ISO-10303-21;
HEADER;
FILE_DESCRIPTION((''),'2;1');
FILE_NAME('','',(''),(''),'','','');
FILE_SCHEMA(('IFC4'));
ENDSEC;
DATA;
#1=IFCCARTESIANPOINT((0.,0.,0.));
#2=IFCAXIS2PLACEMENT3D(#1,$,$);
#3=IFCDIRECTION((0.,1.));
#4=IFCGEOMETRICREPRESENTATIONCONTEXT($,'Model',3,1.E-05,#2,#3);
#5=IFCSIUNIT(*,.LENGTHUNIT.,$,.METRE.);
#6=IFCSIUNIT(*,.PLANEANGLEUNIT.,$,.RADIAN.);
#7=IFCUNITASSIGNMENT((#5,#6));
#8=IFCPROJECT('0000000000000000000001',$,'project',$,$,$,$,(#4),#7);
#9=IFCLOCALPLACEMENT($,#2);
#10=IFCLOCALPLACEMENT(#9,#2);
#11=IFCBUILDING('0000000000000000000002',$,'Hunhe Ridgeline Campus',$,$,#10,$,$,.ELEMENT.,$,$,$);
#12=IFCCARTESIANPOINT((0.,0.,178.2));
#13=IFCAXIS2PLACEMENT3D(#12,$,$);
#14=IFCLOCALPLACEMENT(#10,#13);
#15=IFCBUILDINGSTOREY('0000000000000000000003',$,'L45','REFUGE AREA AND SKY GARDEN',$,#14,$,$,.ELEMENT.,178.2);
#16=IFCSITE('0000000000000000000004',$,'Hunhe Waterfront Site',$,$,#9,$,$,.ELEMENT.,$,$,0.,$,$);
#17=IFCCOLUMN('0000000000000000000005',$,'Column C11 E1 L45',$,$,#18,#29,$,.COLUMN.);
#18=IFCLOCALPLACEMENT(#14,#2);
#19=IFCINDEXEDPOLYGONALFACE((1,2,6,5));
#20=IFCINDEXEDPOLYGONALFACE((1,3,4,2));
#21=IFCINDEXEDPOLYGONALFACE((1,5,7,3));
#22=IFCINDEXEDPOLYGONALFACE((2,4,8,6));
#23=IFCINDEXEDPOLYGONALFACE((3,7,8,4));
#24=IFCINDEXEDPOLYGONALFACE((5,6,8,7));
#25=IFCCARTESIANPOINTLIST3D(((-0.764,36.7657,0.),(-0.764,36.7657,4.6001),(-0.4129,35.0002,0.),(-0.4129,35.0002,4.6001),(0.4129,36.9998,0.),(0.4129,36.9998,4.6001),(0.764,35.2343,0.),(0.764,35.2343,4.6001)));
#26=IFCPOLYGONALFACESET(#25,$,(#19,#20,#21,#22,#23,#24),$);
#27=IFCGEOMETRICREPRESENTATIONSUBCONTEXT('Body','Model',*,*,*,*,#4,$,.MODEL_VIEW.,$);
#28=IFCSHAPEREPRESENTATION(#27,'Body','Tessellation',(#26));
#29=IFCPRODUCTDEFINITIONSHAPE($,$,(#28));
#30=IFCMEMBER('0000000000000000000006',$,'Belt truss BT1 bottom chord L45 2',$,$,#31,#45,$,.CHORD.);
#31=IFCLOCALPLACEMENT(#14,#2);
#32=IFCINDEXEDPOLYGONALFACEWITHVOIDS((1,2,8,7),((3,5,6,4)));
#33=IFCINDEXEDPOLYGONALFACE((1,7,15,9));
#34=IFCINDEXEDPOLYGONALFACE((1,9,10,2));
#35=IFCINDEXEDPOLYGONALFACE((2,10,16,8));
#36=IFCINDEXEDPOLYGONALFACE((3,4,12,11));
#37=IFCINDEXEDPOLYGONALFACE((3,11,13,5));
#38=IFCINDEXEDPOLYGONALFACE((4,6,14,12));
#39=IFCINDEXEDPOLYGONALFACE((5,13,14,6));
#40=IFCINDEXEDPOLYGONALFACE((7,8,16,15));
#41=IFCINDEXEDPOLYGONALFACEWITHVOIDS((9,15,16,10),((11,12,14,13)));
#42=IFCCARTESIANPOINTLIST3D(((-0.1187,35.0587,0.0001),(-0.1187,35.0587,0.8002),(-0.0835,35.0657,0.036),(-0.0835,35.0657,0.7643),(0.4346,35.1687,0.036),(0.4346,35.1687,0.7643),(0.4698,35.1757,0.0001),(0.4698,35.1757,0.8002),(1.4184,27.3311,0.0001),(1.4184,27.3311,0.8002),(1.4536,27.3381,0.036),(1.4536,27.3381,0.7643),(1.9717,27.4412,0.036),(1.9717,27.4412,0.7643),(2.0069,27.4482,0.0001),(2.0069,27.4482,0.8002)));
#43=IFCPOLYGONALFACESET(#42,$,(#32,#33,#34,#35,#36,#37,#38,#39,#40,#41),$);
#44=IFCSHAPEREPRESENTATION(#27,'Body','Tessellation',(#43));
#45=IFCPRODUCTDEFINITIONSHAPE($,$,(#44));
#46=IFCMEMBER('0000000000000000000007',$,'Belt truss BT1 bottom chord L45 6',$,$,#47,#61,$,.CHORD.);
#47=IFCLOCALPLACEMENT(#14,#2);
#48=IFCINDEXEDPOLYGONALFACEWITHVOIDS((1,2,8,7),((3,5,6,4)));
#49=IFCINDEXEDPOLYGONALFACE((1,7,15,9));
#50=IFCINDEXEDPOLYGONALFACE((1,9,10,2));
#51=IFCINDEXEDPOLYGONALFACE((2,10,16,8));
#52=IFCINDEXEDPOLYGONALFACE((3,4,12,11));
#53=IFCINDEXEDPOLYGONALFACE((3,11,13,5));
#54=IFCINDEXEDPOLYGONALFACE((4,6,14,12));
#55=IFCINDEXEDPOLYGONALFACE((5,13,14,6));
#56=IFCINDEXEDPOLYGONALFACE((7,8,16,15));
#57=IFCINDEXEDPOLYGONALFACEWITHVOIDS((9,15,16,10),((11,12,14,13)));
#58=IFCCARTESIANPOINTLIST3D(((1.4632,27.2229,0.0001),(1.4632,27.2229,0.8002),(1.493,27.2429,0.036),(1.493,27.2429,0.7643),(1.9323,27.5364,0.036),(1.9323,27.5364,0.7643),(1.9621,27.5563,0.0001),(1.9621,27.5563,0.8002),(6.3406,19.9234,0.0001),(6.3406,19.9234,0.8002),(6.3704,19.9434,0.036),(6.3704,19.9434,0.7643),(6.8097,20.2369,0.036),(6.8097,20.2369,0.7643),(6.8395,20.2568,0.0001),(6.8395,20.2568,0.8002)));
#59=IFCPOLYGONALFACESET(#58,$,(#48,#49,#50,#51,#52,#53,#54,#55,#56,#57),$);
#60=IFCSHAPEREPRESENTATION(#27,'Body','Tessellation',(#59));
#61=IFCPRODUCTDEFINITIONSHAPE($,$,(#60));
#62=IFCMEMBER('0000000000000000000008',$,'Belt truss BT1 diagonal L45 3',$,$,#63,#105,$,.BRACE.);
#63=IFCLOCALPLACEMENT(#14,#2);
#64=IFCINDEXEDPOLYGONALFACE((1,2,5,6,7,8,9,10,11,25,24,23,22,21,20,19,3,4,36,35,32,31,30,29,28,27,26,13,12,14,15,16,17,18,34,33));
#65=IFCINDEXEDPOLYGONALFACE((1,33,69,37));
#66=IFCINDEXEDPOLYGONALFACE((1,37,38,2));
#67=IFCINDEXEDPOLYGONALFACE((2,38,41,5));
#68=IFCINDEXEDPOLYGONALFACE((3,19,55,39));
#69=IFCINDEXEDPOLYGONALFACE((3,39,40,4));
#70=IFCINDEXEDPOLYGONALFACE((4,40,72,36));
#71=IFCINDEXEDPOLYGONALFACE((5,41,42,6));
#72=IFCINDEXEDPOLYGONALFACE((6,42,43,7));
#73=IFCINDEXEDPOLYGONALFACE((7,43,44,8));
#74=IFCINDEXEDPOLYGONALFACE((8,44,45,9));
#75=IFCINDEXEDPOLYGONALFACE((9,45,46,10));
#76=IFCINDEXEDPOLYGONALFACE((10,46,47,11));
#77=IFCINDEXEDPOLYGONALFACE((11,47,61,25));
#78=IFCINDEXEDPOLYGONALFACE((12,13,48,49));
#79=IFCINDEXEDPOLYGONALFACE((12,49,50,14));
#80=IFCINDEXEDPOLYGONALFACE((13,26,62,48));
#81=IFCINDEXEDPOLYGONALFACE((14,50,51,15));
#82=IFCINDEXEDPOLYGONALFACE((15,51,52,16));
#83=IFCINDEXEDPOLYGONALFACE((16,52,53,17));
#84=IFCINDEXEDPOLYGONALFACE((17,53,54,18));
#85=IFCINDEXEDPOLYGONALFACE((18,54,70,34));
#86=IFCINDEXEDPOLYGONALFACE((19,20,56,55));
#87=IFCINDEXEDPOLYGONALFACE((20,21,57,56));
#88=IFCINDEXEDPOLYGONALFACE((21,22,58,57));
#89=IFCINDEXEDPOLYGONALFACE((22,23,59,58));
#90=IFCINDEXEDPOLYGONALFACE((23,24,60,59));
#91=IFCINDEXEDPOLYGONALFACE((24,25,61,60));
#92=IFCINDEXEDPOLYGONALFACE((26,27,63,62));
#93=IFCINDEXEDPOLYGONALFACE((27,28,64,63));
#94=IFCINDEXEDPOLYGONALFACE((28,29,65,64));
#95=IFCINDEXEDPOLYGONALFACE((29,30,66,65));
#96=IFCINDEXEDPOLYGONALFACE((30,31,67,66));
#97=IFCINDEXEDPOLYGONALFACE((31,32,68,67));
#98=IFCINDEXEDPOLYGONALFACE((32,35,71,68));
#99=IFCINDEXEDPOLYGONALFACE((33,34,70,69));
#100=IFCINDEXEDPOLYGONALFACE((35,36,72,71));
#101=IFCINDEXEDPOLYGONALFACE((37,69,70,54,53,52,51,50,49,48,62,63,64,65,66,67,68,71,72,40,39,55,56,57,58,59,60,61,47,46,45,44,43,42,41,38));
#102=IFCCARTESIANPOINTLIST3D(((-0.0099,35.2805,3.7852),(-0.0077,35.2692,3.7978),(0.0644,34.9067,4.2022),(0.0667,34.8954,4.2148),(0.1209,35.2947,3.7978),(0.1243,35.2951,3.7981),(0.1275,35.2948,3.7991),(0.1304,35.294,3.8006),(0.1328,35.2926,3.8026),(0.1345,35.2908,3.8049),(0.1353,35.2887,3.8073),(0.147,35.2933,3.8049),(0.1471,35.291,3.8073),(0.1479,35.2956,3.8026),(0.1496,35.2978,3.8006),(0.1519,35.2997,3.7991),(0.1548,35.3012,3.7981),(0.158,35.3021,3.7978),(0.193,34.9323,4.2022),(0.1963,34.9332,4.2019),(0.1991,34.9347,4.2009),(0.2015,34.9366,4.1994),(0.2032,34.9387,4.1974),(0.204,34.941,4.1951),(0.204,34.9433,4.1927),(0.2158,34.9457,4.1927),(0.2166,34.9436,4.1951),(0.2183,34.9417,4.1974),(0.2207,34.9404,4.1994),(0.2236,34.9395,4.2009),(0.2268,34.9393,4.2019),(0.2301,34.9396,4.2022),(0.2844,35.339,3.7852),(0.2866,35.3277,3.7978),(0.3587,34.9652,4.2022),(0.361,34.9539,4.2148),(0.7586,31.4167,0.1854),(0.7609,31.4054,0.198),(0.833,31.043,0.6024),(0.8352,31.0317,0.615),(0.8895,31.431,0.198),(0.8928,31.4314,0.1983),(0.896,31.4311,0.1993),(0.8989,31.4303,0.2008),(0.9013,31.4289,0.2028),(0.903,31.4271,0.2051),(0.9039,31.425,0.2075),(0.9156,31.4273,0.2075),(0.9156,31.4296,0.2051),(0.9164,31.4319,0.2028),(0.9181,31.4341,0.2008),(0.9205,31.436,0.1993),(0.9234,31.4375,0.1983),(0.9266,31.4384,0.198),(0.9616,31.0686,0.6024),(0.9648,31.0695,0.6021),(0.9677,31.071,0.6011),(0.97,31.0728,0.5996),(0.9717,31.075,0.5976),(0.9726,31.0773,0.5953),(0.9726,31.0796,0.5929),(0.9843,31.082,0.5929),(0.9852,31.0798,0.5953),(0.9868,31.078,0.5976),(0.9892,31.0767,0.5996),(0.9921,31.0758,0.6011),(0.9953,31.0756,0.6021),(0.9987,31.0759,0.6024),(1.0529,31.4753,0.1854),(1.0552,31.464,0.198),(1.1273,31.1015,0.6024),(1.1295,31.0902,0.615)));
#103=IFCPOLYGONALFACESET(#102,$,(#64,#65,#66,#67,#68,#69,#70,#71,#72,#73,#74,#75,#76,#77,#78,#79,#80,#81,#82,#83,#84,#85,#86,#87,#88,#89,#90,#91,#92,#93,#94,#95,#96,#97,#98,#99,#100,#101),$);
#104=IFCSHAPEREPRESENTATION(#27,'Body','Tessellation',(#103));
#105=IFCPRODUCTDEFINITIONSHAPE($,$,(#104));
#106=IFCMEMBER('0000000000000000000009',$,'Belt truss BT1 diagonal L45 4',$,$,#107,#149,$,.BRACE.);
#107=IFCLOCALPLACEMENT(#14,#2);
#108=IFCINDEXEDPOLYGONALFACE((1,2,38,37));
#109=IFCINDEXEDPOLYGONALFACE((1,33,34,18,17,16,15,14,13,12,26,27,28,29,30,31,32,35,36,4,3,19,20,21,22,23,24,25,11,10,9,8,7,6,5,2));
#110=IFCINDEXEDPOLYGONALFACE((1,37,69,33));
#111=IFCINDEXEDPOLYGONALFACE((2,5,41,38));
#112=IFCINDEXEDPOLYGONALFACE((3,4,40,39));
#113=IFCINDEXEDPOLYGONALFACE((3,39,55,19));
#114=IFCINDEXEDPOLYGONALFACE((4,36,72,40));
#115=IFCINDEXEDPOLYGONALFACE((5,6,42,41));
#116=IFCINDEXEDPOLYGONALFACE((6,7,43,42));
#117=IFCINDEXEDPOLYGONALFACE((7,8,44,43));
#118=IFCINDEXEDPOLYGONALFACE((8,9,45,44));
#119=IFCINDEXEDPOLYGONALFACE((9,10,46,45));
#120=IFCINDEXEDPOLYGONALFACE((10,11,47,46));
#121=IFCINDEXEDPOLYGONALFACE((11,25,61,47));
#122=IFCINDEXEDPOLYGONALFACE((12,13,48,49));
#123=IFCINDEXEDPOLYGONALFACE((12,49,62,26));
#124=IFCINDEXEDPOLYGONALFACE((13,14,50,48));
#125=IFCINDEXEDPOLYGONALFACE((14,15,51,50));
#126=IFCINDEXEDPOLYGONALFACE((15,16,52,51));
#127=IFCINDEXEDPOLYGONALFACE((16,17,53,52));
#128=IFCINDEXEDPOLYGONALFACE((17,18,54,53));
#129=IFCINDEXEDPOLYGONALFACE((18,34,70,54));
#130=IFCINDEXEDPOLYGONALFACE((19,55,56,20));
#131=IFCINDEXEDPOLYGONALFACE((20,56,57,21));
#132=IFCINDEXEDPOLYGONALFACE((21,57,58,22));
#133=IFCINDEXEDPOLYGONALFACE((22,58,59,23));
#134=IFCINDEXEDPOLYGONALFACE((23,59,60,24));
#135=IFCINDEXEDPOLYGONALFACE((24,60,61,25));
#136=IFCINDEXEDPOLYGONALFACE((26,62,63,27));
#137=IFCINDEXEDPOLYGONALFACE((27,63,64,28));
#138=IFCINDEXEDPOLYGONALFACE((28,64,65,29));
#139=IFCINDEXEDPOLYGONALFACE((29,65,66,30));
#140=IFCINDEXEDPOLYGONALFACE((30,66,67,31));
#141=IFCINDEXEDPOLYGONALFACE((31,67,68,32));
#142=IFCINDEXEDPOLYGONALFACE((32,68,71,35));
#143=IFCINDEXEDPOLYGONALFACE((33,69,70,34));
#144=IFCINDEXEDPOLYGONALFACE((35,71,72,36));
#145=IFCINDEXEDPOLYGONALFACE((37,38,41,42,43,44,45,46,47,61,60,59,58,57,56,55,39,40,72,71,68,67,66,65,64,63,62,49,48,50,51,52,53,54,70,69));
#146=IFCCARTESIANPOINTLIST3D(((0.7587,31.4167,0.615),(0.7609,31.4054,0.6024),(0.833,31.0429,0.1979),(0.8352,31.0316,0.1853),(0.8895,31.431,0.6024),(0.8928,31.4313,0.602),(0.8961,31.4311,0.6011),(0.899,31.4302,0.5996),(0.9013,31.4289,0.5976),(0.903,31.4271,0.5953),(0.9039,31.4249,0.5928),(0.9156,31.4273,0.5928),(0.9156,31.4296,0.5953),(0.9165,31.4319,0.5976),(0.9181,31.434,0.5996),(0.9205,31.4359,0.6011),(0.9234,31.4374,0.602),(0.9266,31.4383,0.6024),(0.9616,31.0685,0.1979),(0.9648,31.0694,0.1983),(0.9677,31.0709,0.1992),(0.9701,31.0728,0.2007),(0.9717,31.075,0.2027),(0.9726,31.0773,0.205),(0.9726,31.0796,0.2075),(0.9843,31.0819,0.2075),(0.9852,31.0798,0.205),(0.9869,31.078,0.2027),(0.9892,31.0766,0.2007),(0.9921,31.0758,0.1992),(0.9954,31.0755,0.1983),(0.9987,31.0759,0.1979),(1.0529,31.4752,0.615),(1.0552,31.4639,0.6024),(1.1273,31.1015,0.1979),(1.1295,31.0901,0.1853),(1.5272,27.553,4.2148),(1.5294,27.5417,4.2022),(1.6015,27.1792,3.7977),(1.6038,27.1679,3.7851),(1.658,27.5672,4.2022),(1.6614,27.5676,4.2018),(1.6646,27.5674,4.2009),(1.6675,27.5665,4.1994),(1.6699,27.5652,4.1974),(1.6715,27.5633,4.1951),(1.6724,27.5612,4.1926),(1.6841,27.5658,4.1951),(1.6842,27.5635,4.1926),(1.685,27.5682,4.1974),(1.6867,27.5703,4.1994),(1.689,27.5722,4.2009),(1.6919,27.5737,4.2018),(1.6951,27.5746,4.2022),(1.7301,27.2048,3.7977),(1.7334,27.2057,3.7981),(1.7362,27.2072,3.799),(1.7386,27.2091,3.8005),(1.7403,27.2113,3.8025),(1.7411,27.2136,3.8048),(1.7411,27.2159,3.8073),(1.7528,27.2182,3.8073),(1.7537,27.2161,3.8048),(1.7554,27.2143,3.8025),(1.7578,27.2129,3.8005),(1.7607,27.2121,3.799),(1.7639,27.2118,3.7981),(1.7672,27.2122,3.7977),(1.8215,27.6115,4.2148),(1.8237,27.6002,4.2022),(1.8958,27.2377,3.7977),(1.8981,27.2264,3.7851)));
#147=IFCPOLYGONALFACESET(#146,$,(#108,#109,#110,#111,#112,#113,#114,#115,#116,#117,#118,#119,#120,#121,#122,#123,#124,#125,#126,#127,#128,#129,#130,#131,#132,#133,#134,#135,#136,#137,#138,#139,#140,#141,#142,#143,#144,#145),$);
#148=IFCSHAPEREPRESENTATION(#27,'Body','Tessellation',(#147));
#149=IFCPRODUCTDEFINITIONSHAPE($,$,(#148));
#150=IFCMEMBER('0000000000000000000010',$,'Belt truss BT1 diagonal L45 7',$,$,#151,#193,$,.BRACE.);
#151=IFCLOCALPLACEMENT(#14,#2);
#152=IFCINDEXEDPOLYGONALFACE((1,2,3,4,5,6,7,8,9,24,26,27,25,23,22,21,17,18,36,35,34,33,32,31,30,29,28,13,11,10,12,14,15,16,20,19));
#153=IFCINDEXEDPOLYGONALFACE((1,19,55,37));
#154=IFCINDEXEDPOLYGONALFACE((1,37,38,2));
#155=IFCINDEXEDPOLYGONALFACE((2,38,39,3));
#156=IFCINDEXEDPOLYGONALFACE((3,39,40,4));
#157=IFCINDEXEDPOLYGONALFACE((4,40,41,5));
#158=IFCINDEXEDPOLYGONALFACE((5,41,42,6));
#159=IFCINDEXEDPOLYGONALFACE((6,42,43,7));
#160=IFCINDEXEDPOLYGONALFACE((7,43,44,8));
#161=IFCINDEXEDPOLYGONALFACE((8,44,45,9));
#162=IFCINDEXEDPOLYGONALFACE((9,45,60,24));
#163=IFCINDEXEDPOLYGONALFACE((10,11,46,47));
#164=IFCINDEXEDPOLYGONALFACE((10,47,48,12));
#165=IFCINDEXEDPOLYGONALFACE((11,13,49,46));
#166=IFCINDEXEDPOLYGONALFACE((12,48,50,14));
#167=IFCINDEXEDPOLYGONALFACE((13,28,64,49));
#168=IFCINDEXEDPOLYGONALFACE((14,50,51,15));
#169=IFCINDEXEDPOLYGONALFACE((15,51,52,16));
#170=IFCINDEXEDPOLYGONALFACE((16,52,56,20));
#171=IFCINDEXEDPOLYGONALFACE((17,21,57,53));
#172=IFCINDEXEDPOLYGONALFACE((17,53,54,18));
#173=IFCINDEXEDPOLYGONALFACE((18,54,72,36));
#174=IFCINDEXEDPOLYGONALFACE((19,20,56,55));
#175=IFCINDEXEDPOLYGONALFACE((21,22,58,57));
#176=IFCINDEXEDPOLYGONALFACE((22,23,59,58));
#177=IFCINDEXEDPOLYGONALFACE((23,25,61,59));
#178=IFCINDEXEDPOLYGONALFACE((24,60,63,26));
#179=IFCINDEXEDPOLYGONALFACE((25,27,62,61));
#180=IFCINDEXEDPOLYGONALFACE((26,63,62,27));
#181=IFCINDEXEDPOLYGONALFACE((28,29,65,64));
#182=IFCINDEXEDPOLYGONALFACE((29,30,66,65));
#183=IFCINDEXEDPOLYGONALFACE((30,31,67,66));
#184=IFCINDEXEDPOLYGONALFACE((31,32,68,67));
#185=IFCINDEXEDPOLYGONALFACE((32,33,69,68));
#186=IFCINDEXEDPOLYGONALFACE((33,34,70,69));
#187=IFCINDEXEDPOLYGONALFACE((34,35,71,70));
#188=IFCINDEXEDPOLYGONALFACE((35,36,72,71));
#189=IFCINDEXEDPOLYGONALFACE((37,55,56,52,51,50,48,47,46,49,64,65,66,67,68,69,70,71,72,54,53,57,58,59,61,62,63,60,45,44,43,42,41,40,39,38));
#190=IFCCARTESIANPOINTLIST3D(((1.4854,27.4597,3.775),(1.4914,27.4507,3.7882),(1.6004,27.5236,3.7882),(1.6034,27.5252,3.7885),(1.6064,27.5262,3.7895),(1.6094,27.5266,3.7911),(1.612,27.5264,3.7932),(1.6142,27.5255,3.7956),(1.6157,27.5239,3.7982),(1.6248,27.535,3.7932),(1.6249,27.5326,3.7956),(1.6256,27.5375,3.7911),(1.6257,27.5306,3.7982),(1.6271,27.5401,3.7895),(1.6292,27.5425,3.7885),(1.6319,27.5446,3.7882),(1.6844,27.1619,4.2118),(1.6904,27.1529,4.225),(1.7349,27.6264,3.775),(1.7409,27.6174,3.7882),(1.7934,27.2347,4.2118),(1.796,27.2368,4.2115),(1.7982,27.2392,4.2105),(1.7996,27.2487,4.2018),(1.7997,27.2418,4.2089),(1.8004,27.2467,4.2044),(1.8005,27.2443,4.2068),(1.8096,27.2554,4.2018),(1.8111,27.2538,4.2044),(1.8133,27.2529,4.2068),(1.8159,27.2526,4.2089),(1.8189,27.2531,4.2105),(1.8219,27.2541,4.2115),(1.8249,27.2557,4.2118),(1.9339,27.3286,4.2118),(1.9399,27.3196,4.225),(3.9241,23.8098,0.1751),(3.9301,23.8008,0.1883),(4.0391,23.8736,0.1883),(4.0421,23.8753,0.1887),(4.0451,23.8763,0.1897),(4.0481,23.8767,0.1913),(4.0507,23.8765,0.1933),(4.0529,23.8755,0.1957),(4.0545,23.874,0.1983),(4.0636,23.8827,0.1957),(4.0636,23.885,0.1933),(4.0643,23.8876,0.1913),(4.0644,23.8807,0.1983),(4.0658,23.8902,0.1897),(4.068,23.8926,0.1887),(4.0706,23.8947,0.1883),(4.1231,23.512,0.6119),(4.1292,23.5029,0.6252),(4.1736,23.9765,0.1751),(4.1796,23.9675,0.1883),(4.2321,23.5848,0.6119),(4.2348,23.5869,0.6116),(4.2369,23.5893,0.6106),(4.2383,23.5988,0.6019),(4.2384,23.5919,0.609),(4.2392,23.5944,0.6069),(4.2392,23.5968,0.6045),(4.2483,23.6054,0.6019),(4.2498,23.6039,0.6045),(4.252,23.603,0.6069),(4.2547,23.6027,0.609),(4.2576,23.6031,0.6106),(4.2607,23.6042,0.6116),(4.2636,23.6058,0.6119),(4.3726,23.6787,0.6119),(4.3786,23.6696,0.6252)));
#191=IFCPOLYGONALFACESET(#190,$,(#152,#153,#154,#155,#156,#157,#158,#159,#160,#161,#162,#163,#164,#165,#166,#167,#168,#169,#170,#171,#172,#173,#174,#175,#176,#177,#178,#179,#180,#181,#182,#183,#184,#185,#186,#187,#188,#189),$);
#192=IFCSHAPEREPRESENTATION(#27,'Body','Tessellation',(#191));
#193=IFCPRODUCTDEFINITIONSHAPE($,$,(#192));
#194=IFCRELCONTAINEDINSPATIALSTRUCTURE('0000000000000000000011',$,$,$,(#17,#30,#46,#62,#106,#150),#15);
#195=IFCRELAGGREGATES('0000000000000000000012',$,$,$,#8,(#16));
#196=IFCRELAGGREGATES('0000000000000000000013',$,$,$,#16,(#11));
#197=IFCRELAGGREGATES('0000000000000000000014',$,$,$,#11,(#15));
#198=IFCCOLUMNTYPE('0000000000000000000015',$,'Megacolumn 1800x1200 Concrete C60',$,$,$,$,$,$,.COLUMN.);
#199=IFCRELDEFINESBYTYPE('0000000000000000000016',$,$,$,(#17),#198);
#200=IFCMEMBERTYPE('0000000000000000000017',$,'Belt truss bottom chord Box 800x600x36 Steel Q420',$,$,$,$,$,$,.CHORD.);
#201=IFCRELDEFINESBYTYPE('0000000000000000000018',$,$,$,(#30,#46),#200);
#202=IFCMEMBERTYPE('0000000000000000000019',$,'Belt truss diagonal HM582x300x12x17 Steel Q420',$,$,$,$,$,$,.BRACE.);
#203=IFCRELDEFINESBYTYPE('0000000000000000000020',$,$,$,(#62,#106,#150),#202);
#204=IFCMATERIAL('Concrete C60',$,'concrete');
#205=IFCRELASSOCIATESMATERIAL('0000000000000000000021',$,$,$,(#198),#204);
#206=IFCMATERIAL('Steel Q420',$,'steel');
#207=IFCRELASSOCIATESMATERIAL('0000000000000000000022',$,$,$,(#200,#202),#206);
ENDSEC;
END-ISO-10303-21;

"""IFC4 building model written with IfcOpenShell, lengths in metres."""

from ifc_helpers import new_model, si_unit, direction, frame, origin, origin_2d, place, context, subcontext, project, spatial, rectangle, hollow_rectangle, i_section, extrude, material, material_profile, profile_set, type_object, element, save


model = new_model("IFC4")

# Units and contexts
model_context = context("Model", 3, precision=1e-05, world=origin(), true_north=direction((0.0, 1.0)))
body_context = subcontext(model_context, "Body", "Model", "MODEL_VIEW")
ifc_project = project(units=[si_unit("LENGTHUNIT", "METRE"), si_unit("PLANEANGLEUNIT", "RADIAN")], contexts=[model_context])

# Site, building, storey
site_placement = place(None, origin())
site = spatial("IfcSite", under=ifc_project, at=site_placement, Name="Hunhe Waterfront Site", CompositionType="ELEMENT", RefElevation=0.0)
building_placement = place(site_placement, origin())
building = spatial("IfcBuilding", under=site, at=building_placement, Name="Hunhe Ridgeline Campus", CompositionType="ELEMENT")
storey_placement = place(building_placement, frame((0.0, 0.0, 178.2)))
storey = spatial("IfcBuildingStorey", under=building, at=storey_placement, Name="L45", Description="REFUGE AREA AND SKY GARDEN", CompositionType="ELEMENT", Elevation=178.2)

# Column
ifc_material_1 = material(Name="Concrete C60", Category="concrete")
ifc_material_profile_1 = material_profile(ifc_material_1, rectangle(XDim=1.8, YDim=1.2, at=origin_2d()))
ifc_profile_set_1 = profile_set([ifc_material_profile_1], Name="Concrete C60")
column_type = type_object("IfcColumnType", Name="Megacolumn 1800x1200 Concrete C60", PredefinedType="COLUMN", material=ifc_profile_set_1)
column_placement = place(storey_placement, frame((0.0, 36.0, 0.0), z_axis=(0.0, 0.0, 1.0), x_axis=(-0.19509, 0.980785, 0.0)))
element("IfcColumn", 1, at=column_placement, inside=storey, type_object=column_type, Name="Column C11 E1 L45", PredefinedType="COLUMN", context=body_context, shape_type="SweptSolid", body=[
    extrude(rectangle(XDim=1.8, YDim=1.2, at=origin_2d()), origin(), (0.0, 0.0, 1.0), 4.6001),
])

# Members
ifc_material_2 = material(Name="Steel Q420", Category="steel")
ifc_material_profile_2 = material_profile(ifc_material_2, hollow_rectangle(XDim=0.6001, YDim=0.8, WallThickness=0.0359, at=origin_2d()))
ifc_profile_set_2 = profile_set([ifc_material_profile_2], Name="Steel Q420")
member_type_1 = type_object("IfcMemberType", Name="Belt truss bottom chord Box 800x600x36 Steel Q420", PredefinedType="CHORD", material=ifc_profile_set_2)
member_1_placement = place(storey_placement, frame((0.1755, 35.1172, 0.4001), z_axis=(0.195091, -0.980785, 0.0), x_axis=(0.980785, 0.195091, 0.0)))
element("IfcMember", 2, at=member_1_placement, inside=storey, type_object=member_type_1, Name="Belt truss BT1 bottom chord L45 2", PredefinedType="CHORD", context=body_context, shape_type="SweptSolid", body=[
    extrude(hollow_rectangle(XDim=0.6001, YDim=0.8, WallThickness=0.0359, at=origin_2d()), origin(), (0.0, 0.0, 1.0), 7.8789),
])
member_2_placement = place(storey_placement, frame((1.7126, 27.3896, 0.4001), z_axis=(0.555573, -0.831468, 0.0), x_axis=(0.831468, 0.555573, 0.0)))
element("IfcMember", 3, at=member_2_placement, inside=storey, type_object=member_type_1, Name="Belt truss BT1 bottom chord L45 6", PredefinedType="CHORD", context=body_context, shape_type="SweptSolid", body=[
    extrude(hollow_rectangle(XDim=0.6001, YDim=0.8, WallThickness=0.0359, at=origin_2d()), origin(), (0.0, 0.0, 1.0), 8.7791),
])
ifc_material_profile_3 = material_profile(ifc_material_2, i_section(OverallWidth=0.3, OverallDepth=0.582, WebThickness=0.012, FlangeThickness=0.0171, FilletRadius=0.0129, at=origin_2d()))
ifc_profile_set_3 = profile_set([ifc_material_profile_3], Name="Steel Q420")
member_type_2 = type_object("IfcMemberType", Name="Belt truss diagonal HM582x300x12x17 Steel Q420", PredefinedType="BRACE", material=ifc_profile_set_3)
for number, where, z_axis, x_axis, name in (
    (4, (0.1755, 35.1172, 4.0), (0.144018, -0.724026, -0.674571), (0.980785, 0.195091, 0.0), "Belt truss BT1 diagonal L45 3"),
    (5, (0.9441, 31.2534, 0.4001), (0.144018, -0.724026, 0.674571), (0.980785, 0.195091, 0.0), "Belt truss BT1 diagonal L45 4"),
):
    element("IfcMember", number, at=place(storey_placement, frame(where, z_axis=z_axis, x_axis=x_axis)), inside=storey, type_object=member_type_2, Name=name, PredefinedType="BRACE", context=body_context, shape_type="SweptSolid", body=[
        extrude(i_section(OverallWidth=0.3, OverallDepth=0.582, WebThickness=0.012, FlangeThickness=0.0171, FilletRadius=0.0129, at=origin_2d()), origin(), (0.0, 0.0, 1.0), 5.3364),
    ])
member_3_placement = place(storey_placement, frame((1.7126, 27.3896, 4.0), z_axis=(0.429581, -0.64293, -0.634114), x_axis=(0.831477, 0.55556, 0.0)))
element("IfcMember", 6, at=member_3_placement, inside=storey, type_object=member_type_2, Name="Belt truss BT1 diagonal L45 7", PredefinedType="BRACE", context=body_context, shape_type="SweptSolid", body=[
    extrude(i_section(OverallWidth=0.3, OverallDepth=0.582, WebThickness=0.012, FlangeThickness=0.0171, FilletRadius=0.0129, at=origin_2d()), origin(), (0.0, 0.0, 1.0), 5.677),
])

save(model, "model.ifc")
